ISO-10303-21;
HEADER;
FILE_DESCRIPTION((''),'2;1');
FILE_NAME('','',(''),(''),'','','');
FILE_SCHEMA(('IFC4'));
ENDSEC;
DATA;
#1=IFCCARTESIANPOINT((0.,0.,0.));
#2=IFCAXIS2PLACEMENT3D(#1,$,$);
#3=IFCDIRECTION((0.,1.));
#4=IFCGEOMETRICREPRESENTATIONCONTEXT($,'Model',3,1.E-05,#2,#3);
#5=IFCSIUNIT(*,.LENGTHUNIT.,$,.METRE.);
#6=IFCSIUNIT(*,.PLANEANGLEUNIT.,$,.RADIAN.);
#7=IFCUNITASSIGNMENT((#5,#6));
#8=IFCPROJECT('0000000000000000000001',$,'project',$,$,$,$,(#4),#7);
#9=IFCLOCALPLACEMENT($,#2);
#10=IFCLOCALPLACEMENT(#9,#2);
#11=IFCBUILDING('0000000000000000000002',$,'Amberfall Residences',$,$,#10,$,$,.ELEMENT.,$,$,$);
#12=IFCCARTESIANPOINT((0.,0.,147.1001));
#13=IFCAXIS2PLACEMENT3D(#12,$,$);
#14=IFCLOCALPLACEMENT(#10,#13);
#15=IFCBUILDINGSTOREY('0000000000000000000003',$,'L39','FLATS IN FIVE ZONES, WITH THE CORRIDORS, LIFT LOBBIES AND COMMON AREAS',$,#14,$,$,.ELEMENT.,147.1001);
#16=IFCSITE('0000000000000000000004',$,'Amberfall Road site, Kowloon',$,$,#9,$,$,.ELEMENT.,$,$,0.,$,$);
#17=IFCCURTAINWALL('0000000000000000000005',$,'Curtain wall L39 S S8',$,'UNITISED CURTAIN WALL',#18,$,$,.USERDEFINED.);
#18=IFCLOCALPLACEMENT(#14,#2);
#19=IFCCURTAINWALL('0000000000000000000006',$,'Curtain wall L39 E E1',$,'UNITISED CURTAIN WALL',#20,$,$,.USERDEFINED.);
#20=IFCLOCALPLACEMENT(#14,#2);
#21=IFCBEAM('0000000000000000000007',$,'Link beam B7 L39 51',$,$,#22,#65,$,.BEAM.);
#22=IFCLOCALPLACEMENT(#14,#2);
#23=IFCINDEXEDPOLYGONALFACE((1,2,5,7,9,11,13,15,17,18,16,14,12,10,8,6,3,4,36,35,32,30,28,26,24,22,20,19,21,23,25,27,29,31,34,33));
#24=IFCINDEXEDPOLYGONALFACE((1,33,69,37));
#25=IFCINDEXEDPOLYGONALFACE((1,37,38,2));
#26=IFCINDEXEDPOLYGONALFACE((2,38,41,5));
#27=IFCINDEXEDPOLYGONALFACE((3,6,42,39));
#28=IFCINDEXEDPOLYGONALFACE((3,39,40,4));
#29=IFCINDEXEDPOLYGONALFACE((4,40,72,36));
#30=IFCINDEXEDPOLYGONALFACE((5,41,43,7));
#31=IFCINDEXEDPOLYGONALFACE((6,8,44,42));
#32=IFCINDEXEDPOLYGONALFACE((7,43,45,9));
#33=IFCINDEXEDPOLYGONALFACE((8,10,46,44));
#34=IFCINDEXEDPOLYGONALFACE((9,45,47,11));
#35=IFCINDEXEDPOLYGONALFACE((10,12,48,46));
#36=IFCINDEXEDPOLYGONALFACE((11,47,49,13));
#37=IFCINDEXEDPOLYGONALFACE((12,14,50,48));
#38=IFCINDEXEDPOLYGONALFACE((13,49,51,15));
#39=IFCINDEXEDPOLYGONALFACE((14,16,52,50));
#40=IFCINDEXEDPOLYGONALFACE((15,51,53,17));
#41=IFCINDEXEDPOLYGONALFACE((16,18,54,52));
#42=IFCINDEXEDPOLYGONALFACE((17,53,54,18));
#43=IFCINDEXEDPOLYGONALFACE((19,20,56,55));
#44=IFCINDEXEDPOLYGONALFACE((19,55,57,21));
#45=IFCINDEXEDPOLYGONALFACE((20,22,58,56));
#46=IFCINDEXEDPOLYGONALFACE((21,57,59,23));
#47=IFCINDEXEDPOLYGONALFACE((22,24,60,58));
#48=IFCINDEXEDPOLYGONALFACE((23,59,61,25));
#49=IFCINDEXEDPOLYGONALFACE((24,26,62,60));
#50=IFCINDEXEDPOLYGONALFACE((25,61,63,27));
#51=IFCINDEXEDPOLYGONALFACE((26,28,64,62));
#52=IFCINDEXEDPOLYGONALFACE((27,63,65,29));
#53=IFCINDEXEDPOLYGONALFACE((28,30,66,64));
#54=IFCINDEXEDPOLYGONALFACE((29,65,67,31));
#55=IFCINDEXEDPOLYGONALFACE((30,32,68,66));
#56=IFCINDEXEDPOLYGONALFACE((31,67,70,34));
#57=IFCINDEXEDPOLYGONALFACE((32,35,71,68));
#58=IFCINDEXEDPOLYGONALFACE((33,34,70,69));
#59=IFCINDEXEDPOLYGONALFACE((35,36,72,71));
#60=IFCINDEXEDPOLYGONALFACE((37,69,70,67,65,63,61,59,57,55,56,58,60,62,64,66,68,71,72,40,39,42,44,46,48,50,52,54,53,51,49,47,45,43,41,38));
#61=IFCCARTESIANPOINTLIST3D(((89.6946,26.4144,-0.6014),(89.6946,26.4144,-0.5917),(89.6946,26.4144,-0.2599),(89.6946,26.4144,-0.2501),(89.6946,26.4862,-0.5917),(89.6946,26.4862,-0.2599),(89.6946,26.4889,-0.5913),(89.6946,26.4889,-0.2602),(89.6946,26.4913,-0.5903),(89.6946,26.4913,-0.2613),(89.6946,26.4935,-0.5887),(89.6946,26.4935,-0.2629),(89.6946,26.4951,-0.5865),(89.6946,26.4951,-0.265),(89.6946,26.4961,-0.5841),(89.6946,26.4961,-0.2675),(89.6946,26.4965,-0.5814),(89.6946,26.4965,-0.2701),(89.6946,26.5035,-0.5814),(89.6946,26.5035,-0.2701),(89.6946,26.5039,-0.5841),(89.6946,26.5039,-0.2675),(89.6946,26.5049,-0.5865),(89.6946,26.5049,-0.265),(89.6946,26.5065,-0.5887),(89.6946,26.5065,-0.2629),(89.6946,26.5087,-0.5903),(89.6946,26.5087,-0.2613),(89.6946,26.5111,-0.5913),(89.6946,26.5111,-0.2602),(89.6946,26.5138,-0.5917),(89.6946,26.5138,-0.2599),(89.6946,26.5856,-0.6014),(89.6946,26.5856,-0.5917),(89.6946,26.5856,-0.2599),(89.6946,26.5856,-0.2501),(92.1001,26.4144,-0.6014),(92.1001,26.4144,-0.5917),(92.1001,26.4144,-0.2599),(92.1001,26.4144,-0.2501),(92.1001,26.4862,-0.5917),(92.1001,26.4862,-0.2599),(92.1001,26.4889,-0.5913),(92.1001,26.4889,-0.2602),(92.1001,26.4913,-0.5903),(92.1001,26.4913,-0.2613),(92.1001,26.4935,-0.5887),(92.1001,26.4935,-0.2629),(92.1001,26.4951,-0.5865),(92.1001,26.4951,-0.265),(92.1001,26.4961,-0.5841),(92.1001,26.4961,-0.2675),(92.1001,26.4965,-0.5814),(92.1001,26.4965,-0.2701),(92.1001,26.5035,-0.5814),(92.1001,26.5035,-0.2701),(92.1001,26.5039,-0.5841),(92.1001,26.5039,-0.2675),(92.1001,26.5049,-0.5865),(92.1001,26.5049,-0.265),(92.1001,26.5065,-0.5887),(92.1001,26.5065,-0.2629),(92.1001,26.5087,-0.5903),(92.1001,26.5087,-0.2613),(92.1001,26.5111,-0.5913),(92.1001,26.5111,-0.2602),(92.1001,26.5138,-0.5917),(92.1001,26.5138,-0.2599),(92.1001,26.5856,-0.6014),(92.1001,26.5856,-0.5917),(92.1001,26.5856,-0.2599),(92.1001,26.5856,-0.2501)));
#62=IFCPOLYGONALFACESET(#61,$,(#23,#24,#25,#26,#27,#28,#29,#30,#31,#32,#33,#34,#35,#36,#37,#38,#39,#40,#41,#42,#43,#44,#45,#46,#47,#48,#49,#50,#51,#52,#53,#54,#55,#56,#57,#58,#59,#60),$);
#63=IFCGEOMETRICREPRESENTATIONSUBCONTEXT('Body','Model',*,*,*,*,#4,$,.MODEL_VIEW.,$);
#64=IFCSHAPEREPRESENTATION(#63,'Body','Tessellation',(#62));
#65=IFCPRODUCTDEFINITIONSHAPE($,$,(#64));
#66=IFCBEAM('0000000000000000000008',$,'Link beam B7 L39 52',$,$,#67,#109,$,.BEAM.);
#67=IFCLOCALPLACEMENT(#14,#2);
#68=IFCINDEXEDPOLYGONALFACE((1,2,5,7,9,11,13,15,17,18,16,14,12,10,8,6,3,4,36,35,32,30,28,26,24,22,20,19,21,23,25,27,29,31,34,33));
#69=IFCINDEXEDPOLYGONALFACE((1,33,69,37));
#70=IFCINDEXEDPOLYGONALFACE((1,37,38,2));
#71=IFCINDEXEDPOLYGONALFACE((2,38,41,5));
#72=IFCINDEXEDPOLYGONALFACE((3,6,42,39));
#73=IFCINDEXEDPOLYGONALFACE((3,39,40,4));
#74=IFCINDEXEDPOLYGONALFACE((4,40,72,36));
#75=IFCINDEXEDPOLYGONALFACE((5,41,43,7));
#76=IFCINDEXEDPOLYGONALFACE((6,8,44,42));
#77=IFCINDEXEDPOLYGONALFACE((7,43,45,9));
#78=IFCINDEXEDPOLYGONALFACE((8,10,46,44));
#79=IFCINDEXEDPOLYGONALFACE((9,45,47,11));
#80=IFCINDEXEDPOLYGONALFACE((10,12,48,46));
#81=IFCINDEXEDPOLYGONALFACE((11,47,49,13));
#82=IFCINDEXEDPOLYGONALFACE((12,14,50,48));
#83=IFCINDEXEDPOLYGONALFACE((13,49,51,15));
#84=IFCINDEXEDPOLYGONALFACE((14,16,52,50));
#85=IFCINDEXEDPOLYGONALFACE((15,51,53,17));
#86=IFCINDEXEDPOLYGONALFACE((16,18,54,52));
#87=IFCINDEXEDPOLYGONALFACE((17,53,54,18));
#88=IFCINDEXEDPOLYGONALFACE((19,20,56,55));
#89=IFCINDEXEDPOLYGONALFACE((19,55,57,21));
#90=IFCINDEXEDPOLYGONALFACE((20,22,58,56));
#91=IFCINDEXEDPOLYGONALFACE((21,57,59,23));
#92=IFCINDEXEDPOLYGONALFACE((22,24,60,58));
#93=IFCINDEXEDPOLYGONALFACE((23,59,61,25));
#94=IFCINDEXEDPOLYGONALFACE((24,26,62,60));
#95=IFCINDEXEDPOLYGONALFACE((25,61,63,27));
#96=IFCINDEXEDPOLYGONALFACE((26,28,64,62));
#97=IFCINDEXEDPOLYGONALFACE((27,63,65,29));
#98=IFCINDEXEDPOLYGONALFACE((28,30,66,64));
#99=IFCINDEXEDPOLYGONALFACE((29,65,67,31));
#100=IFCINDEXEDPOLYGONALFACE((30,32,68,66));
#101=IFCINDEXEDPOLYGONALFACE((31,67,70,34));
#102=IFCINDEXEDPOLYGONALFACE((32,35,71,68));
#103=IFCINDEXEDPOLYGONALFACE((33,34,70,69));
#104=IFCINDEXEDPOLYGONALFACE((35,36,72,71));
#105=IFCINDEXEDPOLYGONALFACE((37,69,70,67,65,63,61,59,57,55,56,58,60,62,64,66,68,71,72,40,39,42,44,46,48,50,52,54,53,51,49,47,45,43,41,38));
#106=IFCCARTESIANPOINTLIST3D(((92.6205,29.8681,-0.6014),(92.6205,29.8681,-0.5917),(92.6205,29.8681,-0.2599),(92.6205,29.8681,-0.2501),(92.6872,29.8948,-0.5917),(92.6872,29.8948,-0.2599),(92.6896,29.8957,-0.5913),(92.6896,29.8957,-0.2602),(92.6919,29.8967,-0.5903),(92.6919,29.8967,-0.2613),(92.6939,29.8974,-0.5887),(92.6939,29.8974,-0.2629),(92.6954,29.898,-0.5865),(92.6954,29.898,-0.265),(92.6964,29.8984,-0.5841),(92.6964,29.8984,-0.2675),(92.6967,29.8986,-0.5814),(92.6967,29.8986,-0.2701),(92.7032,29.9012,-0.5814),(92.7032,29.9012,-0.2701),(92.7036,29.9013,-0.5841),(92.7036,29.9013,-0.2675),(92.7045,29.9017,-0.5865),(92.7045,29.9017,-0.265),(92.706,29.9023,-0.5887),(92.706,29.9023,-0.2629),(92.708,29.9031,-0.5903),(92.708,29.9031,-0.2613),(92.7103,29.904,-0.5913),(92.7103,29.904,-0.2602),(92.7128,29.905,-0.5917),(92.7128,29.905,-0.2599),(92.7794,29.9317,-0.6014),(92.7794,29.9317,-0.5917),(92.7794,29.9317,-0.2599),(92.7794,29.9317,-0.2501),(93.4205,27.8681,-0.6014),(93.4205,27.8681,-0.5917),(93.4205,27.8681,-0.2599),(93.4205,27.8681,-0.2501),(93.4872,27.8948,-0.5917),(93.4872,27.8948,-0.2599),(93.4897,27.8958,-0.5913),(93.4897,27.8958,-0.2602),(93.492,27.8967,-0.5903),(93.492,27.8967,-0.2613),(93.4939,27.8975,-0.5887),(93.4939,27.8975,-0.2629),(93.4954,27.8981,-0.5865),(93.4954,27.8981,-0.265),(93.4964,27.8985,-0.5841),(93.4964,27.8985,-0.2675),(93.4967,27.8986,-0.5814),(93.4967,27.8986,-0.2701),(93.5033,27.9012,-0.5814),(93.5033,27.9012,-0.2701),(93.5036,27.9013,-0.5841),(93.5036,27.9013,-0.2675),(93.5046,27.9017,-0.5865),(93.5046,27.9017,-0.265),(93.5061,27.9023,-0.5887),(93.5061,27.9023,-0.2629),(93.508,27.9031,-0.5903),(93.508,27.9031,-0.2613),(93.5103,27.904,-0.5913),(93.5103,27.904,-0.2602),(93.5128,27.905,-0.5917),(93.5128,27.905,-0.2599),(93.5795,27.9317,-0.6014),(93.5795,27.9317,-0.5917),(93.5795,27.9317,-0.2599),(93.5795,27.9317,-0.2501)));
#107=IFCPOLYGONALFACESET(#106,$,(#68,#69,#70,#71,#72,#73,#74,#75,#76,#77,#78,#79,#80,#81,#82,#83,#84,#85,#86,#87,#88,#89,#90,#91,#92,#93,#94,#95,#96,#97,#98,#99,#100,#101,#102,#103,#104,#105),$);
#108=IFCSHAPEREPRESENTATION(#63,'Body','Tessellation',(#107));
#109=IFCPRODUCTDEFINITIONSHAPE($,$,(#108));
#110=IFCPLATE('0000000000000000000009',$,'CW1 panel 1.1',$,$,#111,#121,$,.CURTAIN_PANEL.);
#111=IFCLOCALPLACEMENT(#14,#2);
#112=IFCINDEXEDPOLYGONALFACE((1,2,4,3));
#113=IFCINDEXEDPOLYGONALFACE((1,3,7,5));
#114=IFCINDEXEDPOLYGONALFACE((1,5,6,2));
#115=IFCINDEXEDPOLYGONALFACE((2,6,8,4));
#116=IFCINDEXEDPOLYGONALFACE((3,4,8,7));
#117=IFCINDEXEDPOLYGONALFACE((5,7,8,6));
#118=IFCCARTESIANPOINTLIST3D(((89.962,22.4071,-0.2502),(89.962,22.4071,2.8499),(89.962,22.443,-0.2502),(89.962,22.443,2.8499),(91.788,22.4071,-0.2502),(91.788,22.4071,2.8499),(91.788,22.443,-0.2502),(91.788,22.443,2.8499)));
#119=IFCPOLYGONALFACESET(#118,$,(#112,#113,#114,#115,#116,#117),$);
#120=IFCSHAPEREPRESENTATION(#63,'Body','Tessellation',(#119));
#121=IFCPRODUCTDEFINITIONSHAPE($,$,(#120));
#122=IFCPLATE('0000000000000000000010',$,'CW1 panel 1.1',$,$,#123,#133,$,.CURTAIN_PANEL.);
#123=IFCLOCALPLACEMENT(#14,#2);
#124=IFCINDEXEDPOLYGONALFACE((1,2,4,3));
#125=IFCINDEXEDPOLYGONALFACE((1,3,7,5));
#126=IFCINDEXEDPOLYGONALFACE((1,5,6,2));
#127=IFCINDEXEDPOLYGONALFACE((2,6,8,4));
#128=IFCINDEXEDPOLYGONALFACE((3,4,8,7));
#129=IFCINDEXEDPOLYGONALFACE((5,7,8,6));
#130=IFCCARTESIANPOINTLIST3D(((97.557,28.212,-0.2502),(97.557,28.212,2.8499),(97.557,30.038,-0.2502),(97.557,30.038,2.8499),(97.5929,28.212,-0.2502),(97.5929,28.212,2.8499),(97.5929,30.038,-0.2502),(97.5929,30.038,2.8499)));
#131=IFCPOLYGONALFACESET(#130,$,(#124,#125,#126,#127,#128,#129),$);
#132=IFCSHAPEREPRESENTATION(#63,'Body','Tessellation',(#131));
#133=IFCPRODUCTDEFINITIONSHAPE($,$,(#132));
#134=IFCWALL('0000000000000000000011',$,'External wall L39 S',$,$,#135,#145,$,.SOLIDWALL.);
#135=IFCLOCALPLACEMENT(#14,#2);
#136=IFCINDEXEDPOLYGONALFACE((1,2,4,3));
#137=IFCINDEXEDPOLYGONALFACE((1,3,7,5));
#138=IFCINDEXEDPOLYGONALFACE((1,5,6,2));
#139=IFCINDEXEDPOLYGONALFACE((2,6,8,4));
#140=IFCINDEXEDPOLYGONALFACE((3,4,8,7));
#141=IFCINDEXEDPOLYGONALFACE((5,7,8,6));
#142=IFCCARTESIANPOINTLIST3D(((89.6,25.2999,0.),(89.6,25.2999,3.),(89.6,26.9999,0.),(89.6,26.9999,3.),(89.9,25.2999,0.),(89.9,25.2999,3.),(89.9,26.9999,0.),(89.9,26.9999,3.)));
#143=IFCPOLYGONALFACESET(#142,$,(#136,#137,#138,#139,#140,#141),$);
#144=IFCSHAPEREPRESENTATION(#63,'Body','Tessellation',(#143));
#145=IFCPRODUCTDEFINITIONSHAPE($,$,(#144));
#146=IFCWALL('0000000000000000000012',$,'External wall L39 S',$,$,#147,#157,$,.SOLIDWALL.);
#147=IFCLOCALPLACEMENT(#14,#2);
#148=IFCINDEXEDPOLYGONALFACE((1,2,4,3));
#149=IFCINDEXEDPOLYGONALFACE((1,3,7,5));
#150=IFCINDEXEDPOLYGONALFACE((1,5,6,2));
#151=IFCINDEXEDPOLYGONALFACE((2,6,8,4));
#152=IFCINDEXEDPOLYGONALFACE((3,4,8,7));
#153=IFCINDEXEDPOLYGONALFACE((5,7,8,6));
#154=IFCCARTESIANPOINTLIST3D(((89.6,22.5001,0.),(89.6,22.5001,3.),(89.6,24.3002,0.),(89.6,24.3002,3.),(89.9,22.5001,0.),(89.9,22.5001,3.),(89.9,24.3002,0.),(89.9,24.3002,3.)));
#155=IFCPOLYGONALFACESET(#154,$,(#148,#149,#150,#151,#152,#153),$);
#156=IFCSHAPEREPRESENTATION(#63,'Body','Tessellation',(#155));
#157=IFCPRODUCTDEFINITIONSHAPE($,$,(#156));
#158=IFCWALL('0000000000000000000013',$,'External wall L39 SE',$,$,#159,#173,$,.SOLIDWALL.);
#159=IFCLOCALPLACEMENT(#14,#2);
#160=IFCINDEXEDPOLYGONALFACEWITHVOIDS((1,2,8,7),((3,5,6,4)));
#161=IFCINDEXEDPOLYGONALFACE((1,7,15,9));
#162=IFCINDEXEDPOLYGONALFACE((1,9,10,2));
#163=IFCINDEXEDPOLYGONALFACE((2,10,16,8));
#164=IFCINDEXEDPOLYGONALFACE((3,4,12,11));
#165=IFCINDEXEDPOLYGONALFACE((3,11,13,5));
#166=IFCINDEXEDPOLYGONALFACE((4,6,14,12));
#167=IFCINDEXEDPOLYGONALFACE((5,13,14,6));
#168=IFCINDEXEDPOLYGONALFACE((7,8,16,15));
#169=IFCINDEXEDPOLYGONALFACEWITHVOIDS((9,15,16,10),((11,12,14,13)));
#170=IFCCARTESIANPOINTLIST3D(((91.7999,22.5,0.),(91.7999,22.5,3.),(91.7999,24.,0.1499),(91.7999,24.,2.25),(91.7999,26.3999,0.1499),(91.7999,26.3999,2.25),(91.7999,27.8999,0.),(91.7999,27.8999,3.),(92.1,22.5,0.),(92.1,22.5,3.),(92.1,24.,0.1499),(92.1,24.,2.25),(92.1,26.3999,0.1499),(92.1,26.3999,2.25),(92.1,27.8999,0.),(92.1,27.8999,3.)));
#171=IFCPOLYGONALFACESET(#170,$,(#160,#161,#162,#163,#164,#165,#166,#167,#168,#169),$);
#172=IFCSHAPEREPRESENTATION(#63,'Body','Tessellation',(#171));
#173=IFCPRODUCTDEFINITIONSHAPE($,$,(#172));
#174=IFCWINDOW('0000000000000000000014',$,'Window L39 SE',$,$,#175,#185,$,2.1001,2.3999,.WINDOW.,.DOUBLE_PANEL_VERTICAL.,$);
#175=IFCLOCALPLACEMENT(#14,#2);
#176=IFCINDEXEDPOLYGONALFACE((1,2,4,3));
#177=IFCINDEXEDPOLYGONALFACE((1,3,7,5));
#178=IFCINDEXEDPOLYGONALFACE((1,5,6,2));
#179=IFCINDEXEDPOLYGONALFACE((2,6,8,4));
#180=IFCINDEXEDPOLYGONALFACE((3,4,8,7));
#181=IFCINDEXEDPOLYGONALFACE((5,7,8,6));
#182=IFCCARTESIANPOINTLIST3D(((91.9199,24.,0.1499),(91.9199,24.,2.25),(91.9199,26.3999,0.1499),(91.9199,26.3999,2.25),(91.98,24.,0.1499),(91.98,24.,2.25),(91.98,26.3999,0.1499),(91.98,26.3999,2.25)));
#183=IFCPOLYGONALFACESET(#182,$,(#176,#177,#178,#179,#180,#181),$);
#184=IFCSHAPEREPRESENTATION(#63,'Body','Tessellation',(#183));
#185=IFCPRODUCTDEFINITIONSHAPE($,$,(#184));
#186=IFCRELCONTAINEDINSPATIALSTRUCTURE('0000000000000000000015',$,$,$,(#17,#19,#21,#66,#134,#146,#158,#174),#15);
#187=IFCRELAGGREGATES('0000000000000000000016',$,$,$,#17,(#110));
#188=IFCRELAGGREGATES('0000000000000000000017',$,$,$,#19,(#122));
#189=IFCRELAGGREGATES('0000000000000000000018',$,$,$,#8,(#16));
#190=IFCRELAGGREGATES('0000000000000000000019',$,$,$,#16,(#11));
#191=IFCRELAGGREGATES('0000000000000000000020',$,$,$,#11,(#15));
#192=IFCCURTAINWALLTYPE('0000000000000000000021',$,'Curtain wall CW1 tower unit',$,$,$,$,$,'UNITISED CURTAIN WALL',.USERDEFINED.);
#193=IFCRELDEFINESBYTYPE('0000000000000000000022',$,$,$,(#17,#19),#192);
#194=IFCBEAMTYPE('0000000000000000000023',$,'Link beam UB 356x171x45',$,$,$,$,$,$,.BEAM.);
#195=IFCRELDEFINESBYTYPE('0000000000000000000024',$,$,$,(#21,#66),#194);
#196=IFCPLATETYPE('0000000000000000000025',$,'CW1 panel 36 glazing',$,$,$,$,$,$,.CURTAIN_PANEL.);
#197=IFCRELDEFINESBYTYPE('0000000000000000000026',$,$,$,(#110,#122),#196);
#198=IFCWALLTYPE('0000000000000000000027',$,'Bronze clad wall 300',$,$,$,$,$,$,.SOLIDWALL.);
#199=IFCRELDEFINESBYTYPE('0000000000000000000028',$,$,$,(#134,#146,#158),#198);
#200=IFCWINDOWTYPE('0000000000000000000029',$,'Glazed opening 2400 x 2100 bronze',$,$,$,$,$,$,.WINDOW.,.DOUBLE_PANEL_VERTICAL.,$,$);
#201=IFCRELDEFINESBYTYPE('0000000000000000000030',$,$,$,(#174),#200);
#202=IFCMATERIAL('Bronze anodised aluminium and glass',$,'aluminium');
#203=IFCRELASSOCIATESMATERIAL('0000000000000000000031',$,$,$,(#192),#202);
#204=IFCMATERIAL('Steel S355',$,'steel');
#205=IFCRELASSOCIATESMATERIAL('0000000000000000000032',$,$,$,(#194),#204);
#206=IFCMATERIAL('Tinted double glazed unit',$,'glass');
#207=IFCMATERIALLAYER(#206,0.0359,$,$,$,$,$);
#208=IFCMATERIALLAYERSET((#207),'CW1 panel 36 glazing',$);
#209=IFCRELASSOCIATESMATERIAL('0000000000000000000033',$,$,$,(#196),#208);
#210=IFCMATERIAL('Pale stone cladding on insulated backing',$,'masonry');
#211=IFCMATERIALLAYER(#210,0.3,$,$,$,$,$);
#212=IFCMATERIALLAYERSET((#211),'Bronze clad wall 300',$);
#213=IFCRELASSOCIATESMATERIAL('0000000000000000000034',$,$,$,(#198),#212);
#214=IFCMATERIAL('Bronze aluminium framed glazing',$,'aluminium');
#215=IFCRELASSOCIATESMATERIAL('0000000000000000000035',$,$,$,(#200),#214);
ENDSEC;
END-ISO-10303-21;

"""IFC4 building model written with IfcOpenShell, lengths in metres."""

from ifc_helpers import new_model, si_unit, direction, frame, frame_2d, origin, origin_2d, place, context, subcontext, project, spatial, rectangle, i_section, extrude, material, layer, layer_set, material_profile, profile_set, type_object, element, fill, aggregate, save


model = new_model("IFC4")

# Units and contexts
model_context = context("Model", 3, precision=1e-05, world=origin(), true_north=direction((0.0, 1.0)))
body_context = subcontext(model_context, "Body", "Model", "MODEL_VIEW")
ifc_project = project(units=[si_unit("LENGTHUNIT", "METRE"), si_unit("PLANEANGLEUNIT", "RADIAN")], contexts=[model_context])

# Site, building, storey
site_placement = place(None, origin())
site = spatial("IfcSite", under=ifc_project, at=site_placement, Name="Amberfall Road site, Kowloon", CompositionType="ELEMENT", RefElevation=0.0)
building_placement = place(site_placement, origin())
building = spatial("IfcBuilding", under=site, at=building_placement, Name="Amberfall Residences", CompositionType="ELEMENT")
storey_placement = place(building_placement, frame((0.0, 0.0, 147.1001)))
storey = spatial("IfcBuildingStorey", under=building, at=storey_placement, Name="L39", Description="FLATS IN FIVE ZONES, WITH THE CORRIDORS, LIFT LOBBIES AND COMMON AREAS", CompositionType="ELEMENT", Elevation=147.1001)

# Curtain walls
ifc_material_1 = material(Name="Bronze anodised aluminium and glass", Category="aluminium")
curtain_wall_type = type_object("IfcCurtainWallType", Name="Curtain wall CW1 tower unit", ElementType="UNITISED CURTAIN WALL", PredefinedType="USERDEFINED", material=ifc_material_1)
curtain_wall_1_placement = place(storey_placement, origin())
curtain_wall_1 = element("IfcCurtainWall", 1, at=curtain_wall_1_placement, inside=storey, type_object=curtain_wall_type, Name="Curtain wall L39 S S8", ObjectType="UNITISED CURTAIN WALL", PredefinedType="USERDEFINED")
curtain_wall_2_placement = place(storey_placement, origin())
curtain_wall_2 = element("IfcCurtainWall", 2, at=curtain_wall_2_placement, inside=storey, type_object=curtain_wall_type, Name="Curtain wall L39 E E1", ObjectType="UNITISED CURTAIN WALL", PredefinedType="USERDEFINED")

# Beams
ifc_material_2 = material(Name="Steel S355", Category="steel")
ifc_material_profile_1 = material_profile(ifc_material_2, i_section(OverallWidth=0.1711, OverallDepth=0.3513, WebThickness=0.0071, FlangeThickness=0.0098, FilletRadius=0.0103, at=origin_2d()), Name="UB 356x171x45")
ifc_profile_set_1 = profile_set([ifc_material_profile_1], Name="Steel S355")
beam_type_1 = type_object("IfcBeamType", Name="Link beam UB 356x171x45", PredefinedType="BEAM", material=ifc_profile_set_1)
beam_1_placement = place(storey_placement, frame((92.1001, 26.5, -0.4258), z_axis=(-1.0, 0.0, 0.0), x_axis=(0.0, -1.0, 0.0)))
element("IfcBeam", 3, at=beam_1_placement, inside=storey, type_object=beam_type_1, Name="Link beam B7 L39 51", PredefinedType="BEAM", context=body_context, shape_type="SweptSolid", body=[
    extrude(i_section(OverallWidth=0.1711, OverallDepth=0.3513, WebThickness=0.0071, FlangeThickness=0.0098, FilletRadius=0.0103, at=origin_2d()), origin(), (0.0, 0.0, 1.0), 2.4055),
])
beam_2_placement = place(storey_placement, frame((93.5, 27.8999, -0.4258), z_axis=(-0.37141, 0.928469, 0.0), x_axis=(-0.928469, -0.37141, 0.0)))
element("IfcBeam", 4, at=beam_2_placement, inside=storey, type_object=beam_type_1, Name="Link beam B7 L39 52", PredefinedType="BEAM", context=body_context, shape_type="SweptSolid", body=[
    extrude(i_section(OverallWidth=0.1711, OverallDepth=0.3513, WebThickness=0.0071, FlangeThickness=0.0098, FilletRadius=0.0103, at=origin_2d()), origin(), (0.0, 0.0, 1.0), 2.1541),
])

# Plates
ifc_material_3 = material(Name="Tinted double glazed unit", Category="glass")
ifc_layer_1 = layer(ifc_material_3, 0.0359)
ifc_layer_set_1 = layer_set([ifc_layer_1], Name="CW1 panel 36 glazing")
plate_type = type_object("IfcPlateType", Name="CW1 panel 36 glazing", PredefinedType="CURTAIN_PANEL", material=ifc_layer_set_1)
plate_1_placement = place(storey_placement, frame((90.875, 22.425, -0.2502), z_axis=(0.0, 0.0, 1.0), x_axis=(1.0, 0.0, 0.0)))
plate_1 = element("IfcPlate", 5, at=plate_1_placement, type_object=plate_type, Name="CW1 panel 1.1", PredefinedType="CURTAIN_PANEL", context=body_context, shape_type="SweptSolid", body=[
    extrude(rectangle(XDim=1.8259, YDim=0.0359, at=origin_2d()), origin(), (0.0, 0.0, 1.0), 3.1001),
])
aggregate(curtain_wall_1, [plate_1])
plate_2_placement = place(storey_placement, frame((97.575, 29.125, -0.2502), z_axis=(0.0, 0.0, 1.0), x_axis=(0.0, 1.0, 0.0)))
plate_2 = element("IfcPlate", 6, at=plate_2_placement, type_object=plate_type, Name="CW1 panel 1.1", PredefinedType="CURTAIN_PANEL", context=body_context, shape_type="SweptSolid", body=[
    extrude(rectangle(XDim=1.8259, YDim=0.0359, at=origin_2d()), origin(), (0.0, 0.0, 1.0), 3.1001),
])
aggregate(curtain_wall_2, [plate_2])

# Walls
ifc_material_4 = material(Name="Pale stone cladding on insulated backing", Category="masonry")
ifc_layer_2 = layer(ifc_material_4, 0.3)
ifc_layer_set_2 = layer_set([ifc_layer_2], Name="Bronze clad wall 300")
wall_type_1 = type_object("IfcWallType", Name="Bronze clad wall 300", PredefinedType="SOLIDWALL", material=ifc_layer_set_2)
wall_1_placement = place(storey_placement, frame((89.75, 27.0, 0.0), z_axis=(0.0, 0.0, 1.0), x_axis=(0.0, -1.0, 0.0)))
element("IfcWall", 7, at=wall_1_placement, inside=storey, type_object=wall_type_1, Name="External wall L39 S", PredefinedType="SOLIDWALL", context=body_context, shape_type="SweptSolid", body=[
    extrude(rectangle(XDim=1.7, YDim=0.3, at=frame_2d((0.8501, 0.0))), origin(), (0.0, 0.0, 1.0), 3.0),
])
wall_2_placement = place(storey_placement, frame((89.75, 24.3, 0.0), z_axis=(0.0, 0.0, 1.0), x_axis=(0.0, -1.0, 0.0)))
element("IfcWall", 8, at=wall_2_placement, inside=storey, type_object=wall_type_1, Name="External wall L39 S", PredefinedType="SOLIDWALL", context=body_context, shape_type="SweptSolid", body=[
    extrude(rectangle(XDim=1.8, YDim=0.3, at=frame_2d((0.8999, 0.0))), origin(), (0.0, 0.0, 1.0), 3.0),
])

# Wall, opening, window
wall_3_placement = place(storey_placement, frame((91.95, 22.5, 0.0), z_axis=(0.0, 0.0, 1.0), x_axis=(0.0, 1.0, 0.0)))
wall_3 = element("IfcWall", 9, at=wall_3_placement, inside=storey, type_object=wall_type_1, Name="External wall L39 SE", PredefinedType="SOLIDWALL", context=body_context, shape_type="SweptSolid", body=[
    extrude(rectangle(XDim=5.3999, YDim=0.3, at=frame_2d((2.7, 0.0))), origin(), (0.0, 0.0, 1.0), 3.0),
])
opening_1_placement = place(wall_3_placement, frame((1.5, 0.0, 0.1499)))
opening_1 = element("IfcOpeningElement", 10, at=opening_1_placement, cuts=wall_3, PredefinedType="OPENING", context=body_context, shape_type="SweptSolid", body=[
    extrude(rectangle(XDim=2.3999, YDim=2.1001, at=frame_2d((1.2, 1.05))), frame((0.0, 0.1599, 0.0), z_axis=(0.0, -1.0, 0.0), x_axis=(1.0, 0.0, 0.0)), (0.0, 0.0, 1.0), 0.3201),
])
ifc_material_5 = material(Name="Bronze aluminium framed glazing", Category="aluminium")
window_type_1 = type_object("IfcWindowType", Name="Glazed opening 2400 x 2100 bronze", PartitioningType="DOUBLE_PANEL_VERTICAL", PredefinedType="WINDOW", material=ifc_material_5)
window_1_placement = place(opening_1_placement, origin())
window_1 = element("IfcWindow", 11, at=window_1_placement, inside=storey, type_object=window_type_1, Name="Window L39 SE", OverallHeight=2.1001, OverallWidth=2.3999, PartitioningType="DOUBLE_PANEL_VERTICAL", PredefinedType="WINDOW", context=body_context, shape_type="SweptSolid", body=[
    extrude(rectangle(XDim=2.3999, YDim=2.1001, at=frame_2d((1.2, 1.05))), frame((0.0, 0.03, 0.0), z_axis=(0.0, -1.0, 0.0), x_axis=(1.0, 0.0, 0.0)), (0.0, 0.0, 1.0), 0.0601),
])
fill(opening_1, window_1)

save(model, "model.ifc")
